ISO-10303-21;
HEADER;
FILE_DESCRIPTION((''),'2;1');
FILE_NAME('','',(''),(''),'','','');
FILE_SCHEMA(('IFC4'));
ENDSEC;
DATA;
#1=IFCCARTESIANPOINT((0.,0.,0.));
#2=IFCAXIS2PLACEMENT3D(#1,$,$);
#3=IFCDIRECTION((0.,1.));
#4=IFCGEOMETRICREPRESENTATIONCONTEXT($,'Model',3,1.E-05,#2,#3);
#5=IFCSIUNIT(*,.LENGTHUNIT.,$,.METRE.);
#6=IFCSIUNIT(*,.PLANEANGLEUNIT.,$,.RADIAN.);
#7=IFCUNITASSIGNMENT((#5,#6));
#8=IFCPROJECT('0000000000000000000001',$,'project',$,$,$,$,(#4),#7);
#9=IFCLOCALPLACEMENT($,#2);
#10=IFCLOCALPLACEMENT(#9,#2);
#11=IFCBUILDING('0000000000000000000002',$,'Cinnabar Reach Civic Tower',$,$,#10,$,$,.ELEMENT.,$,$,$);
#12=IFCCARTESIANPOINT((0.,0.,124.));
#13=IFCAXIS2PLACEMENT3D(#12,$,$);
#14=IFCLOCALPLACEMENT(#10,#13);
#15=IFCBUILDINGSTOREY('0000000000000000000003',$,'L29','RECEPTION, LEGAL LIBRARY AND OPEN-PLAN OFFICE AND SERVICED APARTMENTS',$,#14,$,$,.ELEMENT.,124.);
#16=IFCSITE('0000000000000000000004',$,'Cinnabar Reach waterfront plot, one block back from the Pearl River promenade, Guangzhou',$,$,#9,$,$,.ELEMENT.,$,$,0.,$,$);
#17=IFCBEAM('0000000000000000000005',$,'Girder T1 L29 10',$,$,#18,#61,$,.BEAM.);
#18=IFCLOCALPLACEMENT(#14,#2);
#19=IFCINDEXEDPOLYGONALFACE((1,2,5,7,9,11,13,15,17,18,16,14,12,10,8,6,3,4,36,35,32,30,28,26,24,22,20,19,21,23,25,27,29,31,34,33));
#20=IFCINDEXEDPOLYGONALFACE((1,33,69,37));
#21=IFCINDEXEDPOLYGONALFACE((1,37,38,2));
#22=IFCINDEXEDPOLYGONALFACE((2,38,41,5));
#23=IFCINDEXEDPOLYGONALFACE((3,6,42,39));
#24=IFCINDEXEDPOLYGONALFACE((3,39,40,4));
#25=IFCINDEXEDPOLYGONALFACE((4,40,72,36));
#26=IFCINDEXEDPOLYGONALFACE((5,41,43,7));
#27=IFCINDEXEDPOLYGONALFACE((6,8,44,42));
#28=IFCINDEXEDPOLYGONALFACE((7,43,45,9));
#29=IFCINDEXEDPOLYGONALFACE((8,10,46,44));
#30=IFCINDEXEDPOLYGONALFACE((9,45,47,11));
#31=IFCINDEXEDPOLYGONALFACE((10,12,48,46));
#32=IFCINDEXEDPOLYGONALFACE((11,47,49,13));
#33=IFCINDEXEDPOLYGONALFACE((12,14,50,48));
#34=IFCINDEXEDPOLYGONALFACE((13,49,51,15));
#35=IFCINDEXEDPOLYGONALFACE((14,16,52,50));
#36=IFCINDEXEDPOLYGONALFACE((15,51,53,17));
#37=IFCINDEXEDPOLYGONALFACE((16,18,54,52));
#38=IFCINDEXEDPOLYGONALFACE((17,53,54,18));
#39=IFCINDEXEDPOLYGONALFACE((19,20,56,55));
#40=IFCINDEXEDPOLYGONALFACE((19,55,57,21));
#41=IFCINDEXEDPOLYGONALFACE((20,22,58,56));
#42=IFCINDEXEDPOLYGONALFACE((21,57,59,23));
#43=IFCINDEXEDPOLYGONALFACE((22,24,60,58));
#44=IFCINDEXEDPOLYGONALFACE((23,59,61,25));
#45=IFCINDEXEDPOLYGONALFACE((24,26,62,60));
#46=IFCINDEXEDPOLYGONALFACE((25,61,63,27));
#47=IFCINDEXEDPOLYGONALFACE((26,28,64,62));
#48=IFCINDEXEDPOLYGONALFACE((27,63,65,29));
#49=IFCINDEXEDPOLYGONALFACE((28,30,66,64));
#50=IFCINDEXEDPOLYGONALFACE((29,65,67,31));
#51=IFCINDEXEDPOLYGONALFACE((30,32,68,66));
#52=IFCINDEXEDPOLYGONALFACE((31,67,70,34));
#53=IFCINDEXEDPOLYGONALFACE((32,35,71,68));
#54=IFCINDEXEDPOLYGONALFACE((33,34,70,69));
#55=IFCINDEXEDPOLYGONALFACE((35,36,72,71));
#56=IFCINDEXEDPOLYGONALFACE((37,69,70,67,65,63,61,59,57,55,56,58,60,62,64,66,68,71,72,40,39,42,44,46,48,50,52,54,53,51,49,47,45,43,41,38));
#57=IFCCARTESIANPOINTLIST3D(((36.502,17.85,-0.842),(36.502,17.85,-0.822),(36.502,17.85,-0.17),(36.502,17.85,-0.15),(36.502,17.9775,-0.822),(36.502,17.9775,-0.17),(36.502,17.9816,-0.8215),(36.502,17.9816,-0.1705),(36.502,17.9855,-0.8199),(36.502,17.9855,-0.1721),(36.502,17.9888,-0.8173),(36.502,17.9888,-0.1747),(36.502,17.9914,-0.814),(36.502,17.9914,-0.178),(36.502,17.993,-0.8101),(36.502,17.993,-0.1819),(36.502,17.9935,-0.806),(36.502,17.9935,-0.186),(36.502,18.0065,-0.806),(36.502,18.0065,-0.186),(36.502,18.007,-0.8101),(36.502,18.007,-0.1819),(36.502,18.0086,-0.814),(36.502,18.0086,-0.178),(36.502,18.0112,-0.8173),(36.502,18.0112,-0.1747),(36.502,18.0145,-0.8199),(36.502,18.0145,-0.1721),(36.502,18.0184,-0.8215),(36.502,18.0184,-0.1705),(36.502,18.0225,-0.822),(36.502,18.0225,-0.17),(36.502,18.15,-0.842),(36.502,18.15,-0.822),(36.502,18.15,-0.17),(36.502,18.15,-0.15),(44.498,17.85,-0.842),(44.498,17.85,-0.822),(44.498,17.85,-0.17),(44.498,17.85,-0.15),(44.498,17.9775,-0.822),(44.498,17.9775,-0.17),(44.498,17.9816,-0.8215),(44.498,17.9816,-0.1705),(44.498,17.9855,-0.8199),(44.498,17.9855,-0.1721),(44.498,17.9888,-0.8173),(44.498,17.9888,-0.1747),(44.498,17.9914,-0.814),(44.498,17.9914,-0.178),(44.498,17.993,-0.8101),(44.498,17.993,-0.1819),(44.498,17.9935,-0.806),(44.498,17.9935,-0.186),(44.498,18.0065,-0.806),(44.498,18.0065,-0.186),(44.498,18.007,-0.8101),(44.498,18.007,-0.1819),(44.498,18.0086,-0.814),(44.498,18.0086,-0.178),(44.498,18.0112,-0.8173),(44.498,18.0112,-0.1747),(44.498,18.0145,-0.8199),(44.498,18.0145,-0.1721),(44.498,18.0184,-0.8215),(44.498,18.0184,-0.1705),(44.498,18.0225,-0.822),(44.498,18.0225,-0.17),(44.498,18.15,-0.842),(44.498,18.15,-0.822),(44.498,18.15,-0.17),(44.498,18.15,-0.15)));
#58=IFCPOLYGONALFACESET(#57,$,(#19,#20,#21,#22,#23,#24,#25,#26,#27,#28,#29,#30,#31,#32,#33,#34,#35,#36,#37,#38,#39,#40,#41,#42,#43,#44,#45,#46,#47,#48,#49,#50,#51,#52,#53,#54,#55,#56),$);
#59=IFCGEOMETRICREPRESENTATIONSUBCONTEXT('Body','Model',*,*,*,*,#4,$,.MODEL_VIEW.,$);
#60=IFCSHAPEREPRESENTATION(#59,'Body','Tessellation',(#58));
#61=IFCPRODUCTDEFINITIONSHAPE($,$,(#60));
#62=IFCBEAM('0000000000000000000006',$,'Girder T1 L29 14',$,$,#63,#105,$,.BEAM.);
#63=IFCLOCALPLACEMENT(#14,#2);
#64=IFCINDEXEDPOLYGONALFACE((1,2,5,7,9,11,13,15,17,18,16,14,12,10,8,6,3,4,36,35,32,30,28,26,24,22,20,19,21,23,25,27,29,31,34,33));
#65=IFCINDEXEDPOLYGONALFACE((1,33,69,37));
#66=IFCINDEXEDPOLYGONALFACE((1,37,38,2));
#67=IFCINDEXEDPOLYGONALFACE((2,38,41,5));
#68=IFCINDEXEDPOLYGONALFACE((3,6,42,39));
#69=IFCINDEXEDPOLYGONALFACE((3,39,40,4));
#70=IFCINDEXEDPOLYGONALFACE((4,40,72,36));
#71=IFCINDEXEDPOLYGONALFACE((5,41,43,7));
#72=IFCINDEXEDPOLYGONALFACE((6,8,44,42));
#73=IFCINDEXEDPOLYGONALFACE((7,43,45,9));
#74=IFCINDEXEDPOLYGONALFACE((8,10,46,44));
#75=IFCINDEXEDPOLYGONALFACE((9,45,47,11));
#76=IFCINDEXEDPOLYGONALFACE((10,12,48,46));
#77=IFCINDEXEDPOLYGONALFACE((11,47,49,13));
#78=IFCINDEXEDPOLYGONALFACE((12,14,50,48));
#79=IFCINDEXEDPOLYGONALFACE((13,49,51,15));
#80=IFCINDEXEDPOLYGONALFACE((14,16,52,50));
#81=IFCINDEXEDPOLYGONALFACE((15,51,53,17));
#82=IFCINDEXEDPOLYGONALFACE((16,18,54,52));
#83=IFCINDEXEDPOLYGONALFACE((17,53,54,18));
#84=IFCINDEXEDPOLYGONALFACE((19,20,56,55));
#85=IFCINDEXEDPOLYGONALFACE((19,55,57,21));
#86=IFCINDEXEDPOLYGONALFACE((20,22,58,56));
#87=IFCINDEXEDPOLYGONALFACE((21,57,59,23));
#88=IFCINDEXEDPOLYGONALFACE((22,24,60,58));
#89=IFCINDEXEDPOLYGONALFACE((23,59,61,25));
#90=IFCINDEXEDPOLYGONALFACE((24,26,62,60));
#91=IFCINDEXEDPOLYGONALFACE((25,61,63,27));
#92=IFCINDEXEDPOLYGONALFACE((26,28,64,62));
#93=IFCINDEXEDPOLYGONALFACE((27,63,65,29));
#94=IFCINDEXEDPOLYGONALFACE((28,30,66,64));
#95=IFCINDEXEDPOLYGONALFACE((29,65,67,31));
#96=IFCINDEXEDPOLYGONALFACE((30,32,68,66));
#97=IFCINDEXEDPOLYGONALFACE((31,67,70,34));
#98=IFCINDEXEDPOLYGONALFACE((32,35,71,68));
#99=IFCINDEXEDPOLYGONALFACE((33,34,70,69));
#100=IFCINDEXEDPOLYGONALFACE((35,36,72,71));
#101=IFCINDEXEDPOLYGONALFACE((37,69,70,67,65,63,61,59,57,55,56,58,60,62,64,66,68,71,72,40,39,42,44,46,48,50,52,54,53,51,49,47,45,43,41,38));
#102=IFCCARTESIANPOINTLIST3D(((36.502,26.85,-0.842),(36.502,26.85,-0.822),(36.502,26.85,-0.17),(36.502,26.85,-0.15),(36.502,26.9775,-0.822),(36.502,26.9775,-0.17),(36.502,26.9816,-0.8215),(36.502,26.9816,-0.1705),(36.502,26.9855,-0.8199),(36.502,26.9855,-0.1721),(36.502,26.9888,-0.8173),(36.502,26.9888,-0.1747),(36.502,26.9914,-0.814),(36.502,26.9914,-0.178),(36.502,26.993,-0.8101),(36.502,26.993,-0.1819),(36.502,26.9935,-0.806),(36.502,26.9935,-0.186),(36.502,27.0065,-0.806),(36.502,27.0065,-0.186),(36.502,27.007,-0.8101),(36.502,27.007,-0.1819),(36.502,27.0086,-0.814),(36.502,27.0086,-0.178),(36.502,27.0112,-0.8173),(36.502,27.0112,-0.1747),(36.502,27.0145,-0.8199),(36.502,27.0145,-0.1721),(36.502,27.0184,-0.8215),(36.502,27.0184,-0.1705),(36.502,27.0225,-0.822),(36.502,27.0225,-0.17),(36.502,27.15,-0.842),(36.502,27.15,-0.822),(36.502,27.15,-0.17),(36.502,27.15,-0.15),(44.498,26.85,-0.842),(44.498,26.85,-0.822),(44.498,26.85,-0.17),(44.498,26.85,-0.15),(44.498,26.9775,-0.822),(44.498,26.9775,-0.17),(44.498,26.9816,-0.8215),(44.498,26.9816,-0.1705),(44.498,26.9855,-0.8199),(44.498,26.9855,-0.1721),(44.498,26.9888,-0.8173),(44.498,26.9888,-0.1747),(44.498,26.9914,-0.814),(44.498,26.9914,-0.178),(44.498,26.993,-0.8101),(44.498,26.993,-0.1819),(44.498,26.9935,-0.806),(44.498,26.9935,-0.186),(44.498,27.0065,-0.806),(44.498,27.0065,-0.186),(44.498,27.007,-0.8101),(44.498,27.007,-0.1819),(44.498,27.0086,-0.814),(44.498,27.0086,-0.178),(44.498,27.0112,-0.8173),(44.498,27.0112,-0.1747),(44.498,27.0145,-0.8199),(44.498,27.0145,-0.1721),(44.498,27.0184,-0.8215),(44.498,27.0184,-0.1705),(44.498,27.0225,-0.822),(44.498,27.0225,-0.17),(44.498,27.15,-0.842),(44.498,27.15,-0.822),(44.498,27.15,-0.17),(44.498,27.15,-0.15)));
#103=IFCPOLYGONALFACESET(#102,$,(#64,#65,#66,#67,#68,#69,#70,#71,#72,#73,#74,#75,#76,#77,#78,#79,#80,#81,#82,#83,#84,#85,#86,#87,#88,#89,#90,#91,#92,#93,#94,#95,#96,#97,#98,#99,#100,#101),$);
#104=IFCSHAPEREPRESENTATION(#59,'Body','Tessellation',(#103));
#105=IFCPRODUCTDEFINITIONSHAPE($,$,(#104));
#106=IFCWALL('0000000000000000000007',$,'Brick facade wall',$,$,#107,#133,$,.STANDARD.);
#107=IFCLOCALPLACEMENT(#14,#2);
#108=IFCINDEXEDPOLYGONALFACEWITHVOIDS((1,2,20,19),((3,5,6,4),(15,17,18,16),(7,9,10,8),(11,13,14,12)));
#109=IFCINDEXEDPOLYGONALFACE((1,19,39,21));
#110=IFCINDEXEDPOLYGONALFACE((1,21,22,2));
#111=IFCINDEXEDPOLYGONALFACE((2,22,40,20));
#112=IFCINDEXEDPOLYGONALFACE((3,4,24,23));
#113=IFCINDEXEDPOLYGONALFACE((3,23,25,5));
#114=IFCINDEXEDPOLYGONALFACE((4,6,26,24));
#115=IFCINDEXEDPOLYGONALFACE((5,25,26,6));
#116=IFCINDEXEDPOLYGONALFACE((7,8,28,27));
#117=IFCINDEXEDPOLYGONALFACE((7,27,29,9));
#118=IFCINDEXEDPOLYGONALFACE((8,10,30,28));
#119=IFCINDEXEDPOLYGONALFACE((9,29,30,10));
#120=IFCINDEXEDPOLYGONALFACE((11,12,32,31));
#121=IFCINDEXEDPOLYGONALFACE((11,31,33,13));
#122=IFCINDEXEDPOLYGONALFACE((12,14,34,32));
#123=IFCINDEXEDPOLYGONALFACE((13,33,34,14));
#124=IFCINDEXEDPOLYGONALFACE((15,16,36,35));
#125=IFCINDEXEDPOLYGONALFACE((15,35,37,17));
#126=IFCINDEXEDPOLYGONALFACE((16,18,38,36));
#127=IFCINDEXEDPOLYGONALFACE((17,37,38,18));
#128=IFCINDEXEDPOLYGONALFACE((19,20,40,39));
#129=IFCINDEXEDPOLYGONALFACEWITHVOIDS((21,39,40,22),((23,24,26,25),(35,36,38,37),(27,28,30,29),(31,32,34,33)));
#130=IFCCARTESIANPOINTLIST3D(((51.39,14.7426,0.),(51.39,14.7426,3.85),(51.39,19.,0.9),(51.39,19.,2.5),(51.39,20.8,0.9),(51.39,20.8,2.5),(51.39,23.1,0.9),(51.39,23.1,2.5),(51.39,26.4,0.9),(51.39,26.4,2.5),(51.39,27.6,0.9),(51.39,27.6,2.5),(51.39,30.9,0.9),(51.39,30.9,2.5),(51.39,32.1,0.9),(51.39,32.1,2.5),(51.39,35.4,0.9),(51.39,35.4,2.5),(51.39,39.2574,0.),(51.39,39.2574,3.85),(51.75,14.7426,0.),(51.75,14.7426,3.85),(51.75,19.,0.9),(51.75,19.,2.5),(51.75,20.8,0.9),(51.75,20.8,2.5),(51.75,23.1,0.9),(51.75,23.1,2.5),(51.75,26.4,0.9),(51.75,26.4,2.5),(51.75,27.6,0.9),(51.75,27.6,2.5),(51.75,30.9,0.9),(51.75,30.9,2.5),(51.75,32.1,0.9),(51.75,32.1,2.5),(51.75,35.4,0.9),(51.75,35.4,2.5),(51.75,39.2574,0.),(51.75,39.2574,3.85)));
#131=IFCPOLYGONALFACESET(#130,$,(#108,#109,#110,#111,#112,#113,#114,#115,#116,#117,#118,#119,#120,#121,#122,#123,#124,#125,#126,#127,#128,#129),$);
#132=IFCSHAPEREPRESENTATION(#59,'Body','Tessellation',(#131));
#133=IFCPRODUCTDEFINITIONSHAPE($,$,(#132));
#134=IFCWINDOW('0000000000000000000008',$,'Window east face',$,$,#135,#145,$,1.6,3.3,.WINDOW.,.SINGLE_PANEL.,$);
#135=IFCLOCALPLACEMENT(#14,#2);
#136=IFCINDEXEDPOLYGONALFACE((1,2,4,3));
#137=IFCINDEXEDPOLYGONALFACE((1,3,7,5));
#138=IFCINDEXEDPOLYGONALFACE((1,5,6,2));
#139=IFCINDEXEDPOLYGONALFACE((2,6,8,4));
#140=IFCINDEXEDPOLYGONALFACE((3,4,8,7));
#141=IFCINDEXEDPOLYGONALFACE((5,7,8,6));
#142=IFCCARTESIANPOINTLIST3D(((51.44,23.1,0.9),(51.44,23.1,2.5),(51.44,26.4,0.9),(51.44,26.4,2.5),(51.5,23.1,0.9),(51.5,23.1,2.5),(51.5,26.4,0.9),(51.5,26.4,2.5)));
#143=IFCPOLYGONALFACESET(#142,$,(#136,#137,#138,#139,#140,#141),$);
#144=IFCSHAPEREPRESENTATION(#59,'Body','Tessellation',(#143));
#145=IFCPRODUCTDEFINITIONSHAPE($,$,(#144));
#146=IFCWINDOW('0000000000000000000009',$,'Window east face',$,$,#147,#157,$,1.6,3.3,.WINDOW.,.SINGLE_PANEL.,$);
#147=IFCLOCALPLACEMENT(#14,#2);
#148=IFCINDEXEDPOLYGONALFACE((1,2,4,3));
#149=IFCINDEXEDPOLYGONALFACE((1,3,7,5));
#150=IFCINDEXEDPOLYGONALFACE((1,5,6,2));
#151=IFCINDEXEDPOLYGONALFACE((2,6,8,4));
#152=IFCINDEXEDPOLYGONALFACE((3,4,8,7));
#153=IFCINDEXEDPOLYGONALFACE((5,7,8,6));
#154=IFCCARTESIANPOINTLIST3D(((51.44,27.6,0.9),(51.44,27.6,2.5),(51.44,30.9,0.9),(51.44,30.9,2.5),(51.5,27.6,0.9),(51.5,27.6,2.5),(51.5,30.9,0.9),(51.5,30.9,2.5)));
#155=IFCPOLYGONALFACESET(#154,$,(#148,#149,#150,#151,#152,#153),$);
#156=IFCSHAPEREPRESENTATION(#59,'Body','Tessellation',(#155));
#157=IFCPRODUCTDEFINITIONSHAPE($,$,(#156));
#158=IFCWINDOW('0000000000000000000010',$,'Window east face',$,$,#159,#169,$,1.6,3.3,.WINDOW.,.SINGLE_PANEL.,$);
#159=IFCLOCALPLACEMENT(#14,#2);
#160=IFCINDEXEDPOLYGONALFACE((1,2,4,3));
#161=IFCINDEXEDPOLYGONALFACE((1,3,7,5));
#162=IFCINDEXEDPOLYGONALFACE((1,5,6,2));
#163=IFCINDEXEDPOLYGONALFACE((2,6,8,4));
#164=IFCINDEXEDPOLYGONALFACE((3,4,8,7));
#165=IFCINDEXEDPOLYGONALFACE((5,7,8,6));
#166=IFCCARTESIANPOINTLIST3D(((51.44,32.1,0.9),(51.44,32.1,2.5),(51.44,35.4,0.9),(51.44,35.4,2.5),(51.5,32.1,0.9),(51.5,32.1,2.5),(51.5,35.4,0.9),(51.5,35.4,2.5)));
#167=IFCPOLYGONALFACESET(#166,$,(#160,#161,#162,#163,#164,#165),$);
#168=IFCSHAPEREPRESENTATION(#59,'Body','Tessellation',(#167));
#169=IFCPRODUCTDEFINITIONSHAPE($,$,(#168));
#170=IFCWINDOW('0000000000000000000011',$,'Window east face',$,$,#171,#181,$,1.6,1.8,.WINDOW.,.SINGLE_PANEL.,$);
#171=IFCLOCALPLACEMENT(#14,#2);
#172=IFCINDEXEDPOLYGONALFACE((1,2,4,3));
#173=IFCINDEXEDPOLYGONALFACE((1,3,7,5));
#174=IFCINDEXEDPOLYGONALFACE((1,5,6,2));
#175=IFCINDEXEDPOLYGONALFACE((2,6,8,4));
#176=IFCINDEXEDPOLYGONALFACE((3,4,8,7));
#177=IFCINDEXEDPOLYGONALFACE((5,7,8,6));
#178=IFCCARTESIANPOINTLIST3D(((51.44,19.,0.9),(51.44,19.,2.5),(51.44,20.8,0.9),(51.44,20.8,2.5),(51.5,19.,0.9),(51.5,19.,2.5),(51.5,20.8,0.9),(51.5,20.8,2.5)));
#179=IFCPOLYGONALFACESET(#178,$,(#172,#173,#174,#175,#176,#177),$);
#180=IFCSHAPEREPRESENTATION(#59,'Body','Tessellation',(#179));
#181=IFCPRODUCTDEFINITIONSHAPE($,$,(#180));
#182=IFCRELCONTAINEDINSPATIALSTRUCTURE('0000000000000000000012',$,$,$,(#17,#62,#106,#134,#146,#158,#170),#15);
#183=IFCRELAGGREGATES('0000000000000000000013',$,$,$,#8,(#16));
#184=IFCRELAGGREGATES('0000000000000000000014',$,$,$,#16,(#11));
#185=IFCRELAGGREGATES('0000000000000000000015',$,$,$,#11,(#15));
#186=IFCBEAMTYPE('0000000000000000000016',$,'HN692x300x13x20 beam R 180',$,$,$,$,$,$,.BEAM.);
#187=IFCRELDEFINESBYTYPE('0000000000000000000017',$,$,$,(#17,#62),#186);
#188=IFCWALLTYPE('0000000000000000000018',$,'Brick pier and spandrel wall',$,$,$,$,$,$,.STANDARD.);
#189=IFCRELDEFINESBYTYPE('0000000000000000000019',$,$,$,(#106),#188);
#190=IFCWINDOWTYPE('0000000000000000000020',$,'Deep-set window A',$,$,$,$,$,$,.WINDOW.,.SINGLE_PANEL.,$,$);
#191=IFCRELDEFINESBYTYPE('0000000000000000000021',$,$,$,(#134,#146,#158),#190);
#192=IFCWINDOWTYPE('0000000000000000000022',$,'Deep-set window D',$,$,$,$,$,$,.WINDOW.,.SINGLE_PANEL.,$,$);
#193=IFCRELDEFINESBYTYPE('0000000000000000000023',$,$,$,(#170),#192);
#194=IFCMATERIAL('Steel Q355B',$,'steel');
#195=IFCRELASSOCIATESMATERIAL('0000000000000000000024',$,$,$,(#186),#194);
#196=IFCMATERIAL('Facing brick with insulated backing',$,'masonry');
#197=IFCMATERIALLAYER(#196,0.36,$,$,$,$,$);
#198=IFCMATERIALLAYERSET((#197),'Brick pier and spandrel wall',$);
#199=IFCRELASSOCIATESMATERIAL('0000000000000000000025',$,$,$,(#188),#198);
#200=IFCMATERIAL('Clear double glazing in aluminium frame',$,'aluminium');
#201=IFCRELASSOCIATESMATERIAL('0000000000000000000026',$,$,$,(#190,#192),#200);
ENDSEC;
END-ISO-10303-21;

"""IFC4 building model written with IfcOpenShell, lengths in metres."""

from ifc_helpers import new_model, si_unit, direction, frame, frame_2d, origin, origin_2d, place, context, subcontext, project, spatial, rectangle, i_section, extrude, material, layer, layer_set, material_profile, profile_set, type_object, element, fill, save


model = new_model("IFC4")

# Units and contexts
model_context = context("Model", 3, precision=1e-05, world=origin(), true_north=direction((0.0, 1.0)))
body_context = subcontext(model_context, "Body", "Model", "MODEL_VIEW")
ifc_project = project(units=[si_unit("LENGTHUNIT", "METRE"), si_unit("PLANEANGLEUNIT", "RADIAN")], contexts=[model_context])

# Site, building, storey
site_placement = place(None, origin())
site = spatial("IfcSite", under=ifc_project, at=site_placement, Name="Cinnabar Reach waterfront plot, one block back from the Pearl River promenade, Guangzhou", CompositionType="ELEMENT", RefElevation=0.0)
building_placement = place(site_placement, origin())
building = spatial("IfcBuilding", under=site, at=building_placement, Name="Cinnabar Reach Civic Tower", CompositionType="ELEMENT")
storey_placement = place(building_placement, frame((0.0, 0.0, 124.0)))
storey = spatial("IfcBuildingStorey", under=building, at=storey_placement, Name="L29", Description="RECEPTION, LEGAL LIBRARY AND OPEN-PLAN OFFICE AND SERVICED APARTMENTS", CompositionType="ELEMENT", Elevation=124.0)

# Beams
ifc_material_1 = material(Name="Steel Q355B", Category="steel")
ifc_material_profile_1 = material_profile(ifc_material_1, i_section(OverallWidth=0.3, OverallDepth=0.692, WebThickness=0.013, FlangeThickness=0.02, FilletRadius=0.016, at=origin_2d()), Name="HN692x300x13x20")
ifc_profile_set_1 = profile_set([ifc_material_profile_1], Name="Steel Q355B")
beam_type_1 = type_object("IfcBeamType", Name="HN692x300x13x20 beam R 180", PredefinedType="BEAM", material=ifc_profile_set_1)
for number, where, z_axis, x_axis, name in (
    (1, (36.502, 18.0, -0.496), (1.0, 0.0, 0.0), (0.0, 1.0, 0.0), "Girder T1 L29 10"),
    (2, (36.502, 27.0, -0.496), (1.0, 0.0, 0.0), (0.0, 1.0, 0.0), "Girder T1 L29 14"),
):
    element("IfcBeam", number, at=place(storey_placement, frame(where, z_axis=z_axis, x_axis=x_axis)), inside=storey, type_object=beam_type_1, Name=name, PredefinedType="BEAM", context=body_context, shape_type="SweptSolid", body=[
        extrude(i_section(OverallWidth=0.3, OverallDepth=0.692, WebThickness=0.013, FlangeThickness=0.02, FilletRadius=0.016, at=origin_2d()), origin(), (0.0, 0.0, 1.0), 7.996),
    ])

# Wall, openings, windows
ifc_material_2 = material(Name="Facing brick with insulated backing", Category="masonry")
ifc_layer_1 = layer(ifc_material_2, 0.36)
ifc_layer_set_1 = layer_set([ifc_layer_1], Name="Brick pier and spandrel wall")
wall_type_1 = type_object("IfcWallType", Name="Brick pier and spandrel wall", PredefinedType="STANDARD", material=ifc_layer_set_1)
wall_1_placement = place(storey_placement, frame((51.57, 14.7426, 0.0), z_axis=(0.0, 0.0, 1.0), x_axis=(0.0, 1.0, 0.0)))
wall_1 = element("IfcWall", 3, at=wall_1_placement, inside=storey, type_object=wall_type_1, Name="Brick facade wall", PredefinedType="STANDARD", context=body_context, shape_type="SweptSolid", body=[
    extrude(rectangle(XDim=24.5148, YDim=0.36, at=frame_2d((12.2574, 0.0))), origin(), (0.0, 0.0, 1.0), 3.85),
])
opening_1_placement = place(wall_1_placement, frame((4.2574, 0.0, 0.9)))
opening_1 = element("IfcOpeningElement", 4, at=opening_1_placement, cuts=wall_1, PredefinedType="OPENING", context=body_context, shape_type="SweptSolid", body=[
    extrude(rectangle(XDim=1.8, YDim=1.6, at=frame_2d((0.9, 0.8))), frame((0.0, 0.19, 0.0), z_axis=(0.0, -1.0, 0.0), x_axis=(1.0, 0.0, 0.0)), (0.0, 0.0, 1.0), 0.38),
])
opening_2_placement = place(wall_1_placement, frame((8.3574, 0.0, 0.9)))
opening_2 = element("IfcOpeningElement", 5, at=opening_2_placement, cuts=wall_1, PredefinedType="OPENING", context=body_context, shape_type="SweptSolid", body=[
    extrude(rectangle(XDim=3.3, YDim=1.6, at=frame_2d((1.65, 0.8))), frame((0.0, 0.19, 0.0), z_axis=(0.0, -1.0, 0.0), x_axis=(1.0, 0.0, 0.0)), (0.0, 0.0, 1.0), 0.38),
])
opening_3_placement = place(wall_1_placement, frame((12.8574, 0.0, 0.9)))
opening_3 = element("IfcOpeningElement", 6, at=opening_3_placement, cuts=wall_1, PredefinedType="OPENING", context=body_context, shape_type="SweptSolid", body=[
    extrude(rectangle(XDim=3.3, YDim=1.6, at=frame_2d((1.65, 0.8))), frame((0.0, 0.19, 0.0), z_axis=(0.0, -1.0, 0.0), x_axis=(1.0, 0.0, 0.0)), (0.0, 0.0, 1.0), 0.38),
])
opening_4_placement = place(wall_1_placement, frame((17.3574, 0.0, 0.9)))
opening_4 = element("IfcOpeningElement", 7, at=opening_4_placement, cuts=wall_1, PredefinedType="OPENING", context=body_context, shape_type="SweptSolid", body=[
    extrude(rectangle(XDim=3.3, YDim=1.6, at=frame_2d((1.65, 0.8))), frame((0.0, 0.19, 0.0), z_axis=(0.0, -1.0, 0.0), x_axis=(1.0, 0.0, 0.0)), (0.0, 0.0, 1.0), 0.38),
])
ifc_material_3 = material(Name="Clear double glazing in aluminium frame", Category="aluminium")
window_type_1 = type_object("IfcWindowType", Name="Deep-set window A", PartitioningType="SINGLE_PANEL", PredefinedType="WINDOW", material=ifc_material_3)
window_1_placement = place(opening_2_placement, origin())
window_1 = element("IfcWindow", 8, at=window_1_placement, inside=storey, type_object=window_type_1, Name="Window east face", OverallHeight=1.6, OverallWidth=3.3, PartitioningType="SINGLE_PANEL", PredefinedType="WINDOW", context=body_context, shape_type="SweptSolid", body=[
    extrude(rectangle(XDim=3.3, YDim=1.6, at=frame_2d((1.65, 0.8))), frame((0.0, 0.13, 0.0), z_axis=(0.0, -1.0, 0.0), x_axis=(1.0, 0.0, 0.0)), (0.0, 0.0, 1.0), 0.06),
])
fill(opening_2, window_1)
window_2_placement = place(opening_3_placement, origin())
window_2 = element("IfcWindow", 9, at=window_2_placement, inside=storey, type_object=window_type_1, Name="Window east face", OverallHeight=1.6, OverallWidth=3.3, PartitioningType="SINGLE_PANEL", PredefinedType="WINDOW", context=body_context, shape_type="SweptSolid", body=[
    extrude(rectangle(XDim=3.3, YDim=1.6, at=frame_2d((1.65, 0.8))), frame((0.0, 0.13, 0.0), z_axis=(0.0, -1.0, 0.0), x_axis=(1.0, 0.0, 0.0)), (0.0, 0.0, 1.0), 0.06),
])
fill(opening_3, window_2)
window_3_placement = place(opening_4_placement, origin())
window_3 = element("IfcWindow", 10, at=window_3_placement, inside=storey, type_object=window_type_1, Name="Window east face", OverallHeight=1.6, OverallWidth=3.3, PartitioningType="SINGLE_PANEL", PredefinedType="WINDOW", context=body_context, shape_type="SweptSolid", body=[
    extrude(rectangle(XDim=3.3, YDim=1.6, at=frame_2d((1.65, 0.8))), frame((0.0, 0.13, 0.0), z_axis=(0.0, -1.0, 0.0), x_axis=(1.0, 0.0, 0.0)), (0.0, 0.0, 1.0), 0.06),
])
fill(opening_4, window_3)
window_type_2 = type_object("IfcWindowType", Name="Deep-set window D", PartitioningType="SINGLE_PANEL", PredefinedType="WINDOW", material=ifc_material_3)
window_4_placement = place(opening_1_placement, origin())
window_4 = element("IfcWindow", 11, at=window_4_placement, inside=storey, type_object=window_type_2, Name="Window east face", OverallHeight=1.6, OverallWidth=1.8, PartitioningType="SINGLE_PANEL", PredefinedType="WINDOW", context=body_context, shape_type="SweptSolid", body=[
    extrude(rectangle(XDim=1.8, YDim=1.6, at=frame_2d((0.9, 0.8))), frame((0.0, 0.13, 0.0), z_axis=(0.0, -1.0, 0.0), x_axis=(1.0, 0.0, 0.0)), (0.0, 0.0, 1.0), 0.06),
])
fill(opening_1, window_4)

save(model, "model.ifc")
